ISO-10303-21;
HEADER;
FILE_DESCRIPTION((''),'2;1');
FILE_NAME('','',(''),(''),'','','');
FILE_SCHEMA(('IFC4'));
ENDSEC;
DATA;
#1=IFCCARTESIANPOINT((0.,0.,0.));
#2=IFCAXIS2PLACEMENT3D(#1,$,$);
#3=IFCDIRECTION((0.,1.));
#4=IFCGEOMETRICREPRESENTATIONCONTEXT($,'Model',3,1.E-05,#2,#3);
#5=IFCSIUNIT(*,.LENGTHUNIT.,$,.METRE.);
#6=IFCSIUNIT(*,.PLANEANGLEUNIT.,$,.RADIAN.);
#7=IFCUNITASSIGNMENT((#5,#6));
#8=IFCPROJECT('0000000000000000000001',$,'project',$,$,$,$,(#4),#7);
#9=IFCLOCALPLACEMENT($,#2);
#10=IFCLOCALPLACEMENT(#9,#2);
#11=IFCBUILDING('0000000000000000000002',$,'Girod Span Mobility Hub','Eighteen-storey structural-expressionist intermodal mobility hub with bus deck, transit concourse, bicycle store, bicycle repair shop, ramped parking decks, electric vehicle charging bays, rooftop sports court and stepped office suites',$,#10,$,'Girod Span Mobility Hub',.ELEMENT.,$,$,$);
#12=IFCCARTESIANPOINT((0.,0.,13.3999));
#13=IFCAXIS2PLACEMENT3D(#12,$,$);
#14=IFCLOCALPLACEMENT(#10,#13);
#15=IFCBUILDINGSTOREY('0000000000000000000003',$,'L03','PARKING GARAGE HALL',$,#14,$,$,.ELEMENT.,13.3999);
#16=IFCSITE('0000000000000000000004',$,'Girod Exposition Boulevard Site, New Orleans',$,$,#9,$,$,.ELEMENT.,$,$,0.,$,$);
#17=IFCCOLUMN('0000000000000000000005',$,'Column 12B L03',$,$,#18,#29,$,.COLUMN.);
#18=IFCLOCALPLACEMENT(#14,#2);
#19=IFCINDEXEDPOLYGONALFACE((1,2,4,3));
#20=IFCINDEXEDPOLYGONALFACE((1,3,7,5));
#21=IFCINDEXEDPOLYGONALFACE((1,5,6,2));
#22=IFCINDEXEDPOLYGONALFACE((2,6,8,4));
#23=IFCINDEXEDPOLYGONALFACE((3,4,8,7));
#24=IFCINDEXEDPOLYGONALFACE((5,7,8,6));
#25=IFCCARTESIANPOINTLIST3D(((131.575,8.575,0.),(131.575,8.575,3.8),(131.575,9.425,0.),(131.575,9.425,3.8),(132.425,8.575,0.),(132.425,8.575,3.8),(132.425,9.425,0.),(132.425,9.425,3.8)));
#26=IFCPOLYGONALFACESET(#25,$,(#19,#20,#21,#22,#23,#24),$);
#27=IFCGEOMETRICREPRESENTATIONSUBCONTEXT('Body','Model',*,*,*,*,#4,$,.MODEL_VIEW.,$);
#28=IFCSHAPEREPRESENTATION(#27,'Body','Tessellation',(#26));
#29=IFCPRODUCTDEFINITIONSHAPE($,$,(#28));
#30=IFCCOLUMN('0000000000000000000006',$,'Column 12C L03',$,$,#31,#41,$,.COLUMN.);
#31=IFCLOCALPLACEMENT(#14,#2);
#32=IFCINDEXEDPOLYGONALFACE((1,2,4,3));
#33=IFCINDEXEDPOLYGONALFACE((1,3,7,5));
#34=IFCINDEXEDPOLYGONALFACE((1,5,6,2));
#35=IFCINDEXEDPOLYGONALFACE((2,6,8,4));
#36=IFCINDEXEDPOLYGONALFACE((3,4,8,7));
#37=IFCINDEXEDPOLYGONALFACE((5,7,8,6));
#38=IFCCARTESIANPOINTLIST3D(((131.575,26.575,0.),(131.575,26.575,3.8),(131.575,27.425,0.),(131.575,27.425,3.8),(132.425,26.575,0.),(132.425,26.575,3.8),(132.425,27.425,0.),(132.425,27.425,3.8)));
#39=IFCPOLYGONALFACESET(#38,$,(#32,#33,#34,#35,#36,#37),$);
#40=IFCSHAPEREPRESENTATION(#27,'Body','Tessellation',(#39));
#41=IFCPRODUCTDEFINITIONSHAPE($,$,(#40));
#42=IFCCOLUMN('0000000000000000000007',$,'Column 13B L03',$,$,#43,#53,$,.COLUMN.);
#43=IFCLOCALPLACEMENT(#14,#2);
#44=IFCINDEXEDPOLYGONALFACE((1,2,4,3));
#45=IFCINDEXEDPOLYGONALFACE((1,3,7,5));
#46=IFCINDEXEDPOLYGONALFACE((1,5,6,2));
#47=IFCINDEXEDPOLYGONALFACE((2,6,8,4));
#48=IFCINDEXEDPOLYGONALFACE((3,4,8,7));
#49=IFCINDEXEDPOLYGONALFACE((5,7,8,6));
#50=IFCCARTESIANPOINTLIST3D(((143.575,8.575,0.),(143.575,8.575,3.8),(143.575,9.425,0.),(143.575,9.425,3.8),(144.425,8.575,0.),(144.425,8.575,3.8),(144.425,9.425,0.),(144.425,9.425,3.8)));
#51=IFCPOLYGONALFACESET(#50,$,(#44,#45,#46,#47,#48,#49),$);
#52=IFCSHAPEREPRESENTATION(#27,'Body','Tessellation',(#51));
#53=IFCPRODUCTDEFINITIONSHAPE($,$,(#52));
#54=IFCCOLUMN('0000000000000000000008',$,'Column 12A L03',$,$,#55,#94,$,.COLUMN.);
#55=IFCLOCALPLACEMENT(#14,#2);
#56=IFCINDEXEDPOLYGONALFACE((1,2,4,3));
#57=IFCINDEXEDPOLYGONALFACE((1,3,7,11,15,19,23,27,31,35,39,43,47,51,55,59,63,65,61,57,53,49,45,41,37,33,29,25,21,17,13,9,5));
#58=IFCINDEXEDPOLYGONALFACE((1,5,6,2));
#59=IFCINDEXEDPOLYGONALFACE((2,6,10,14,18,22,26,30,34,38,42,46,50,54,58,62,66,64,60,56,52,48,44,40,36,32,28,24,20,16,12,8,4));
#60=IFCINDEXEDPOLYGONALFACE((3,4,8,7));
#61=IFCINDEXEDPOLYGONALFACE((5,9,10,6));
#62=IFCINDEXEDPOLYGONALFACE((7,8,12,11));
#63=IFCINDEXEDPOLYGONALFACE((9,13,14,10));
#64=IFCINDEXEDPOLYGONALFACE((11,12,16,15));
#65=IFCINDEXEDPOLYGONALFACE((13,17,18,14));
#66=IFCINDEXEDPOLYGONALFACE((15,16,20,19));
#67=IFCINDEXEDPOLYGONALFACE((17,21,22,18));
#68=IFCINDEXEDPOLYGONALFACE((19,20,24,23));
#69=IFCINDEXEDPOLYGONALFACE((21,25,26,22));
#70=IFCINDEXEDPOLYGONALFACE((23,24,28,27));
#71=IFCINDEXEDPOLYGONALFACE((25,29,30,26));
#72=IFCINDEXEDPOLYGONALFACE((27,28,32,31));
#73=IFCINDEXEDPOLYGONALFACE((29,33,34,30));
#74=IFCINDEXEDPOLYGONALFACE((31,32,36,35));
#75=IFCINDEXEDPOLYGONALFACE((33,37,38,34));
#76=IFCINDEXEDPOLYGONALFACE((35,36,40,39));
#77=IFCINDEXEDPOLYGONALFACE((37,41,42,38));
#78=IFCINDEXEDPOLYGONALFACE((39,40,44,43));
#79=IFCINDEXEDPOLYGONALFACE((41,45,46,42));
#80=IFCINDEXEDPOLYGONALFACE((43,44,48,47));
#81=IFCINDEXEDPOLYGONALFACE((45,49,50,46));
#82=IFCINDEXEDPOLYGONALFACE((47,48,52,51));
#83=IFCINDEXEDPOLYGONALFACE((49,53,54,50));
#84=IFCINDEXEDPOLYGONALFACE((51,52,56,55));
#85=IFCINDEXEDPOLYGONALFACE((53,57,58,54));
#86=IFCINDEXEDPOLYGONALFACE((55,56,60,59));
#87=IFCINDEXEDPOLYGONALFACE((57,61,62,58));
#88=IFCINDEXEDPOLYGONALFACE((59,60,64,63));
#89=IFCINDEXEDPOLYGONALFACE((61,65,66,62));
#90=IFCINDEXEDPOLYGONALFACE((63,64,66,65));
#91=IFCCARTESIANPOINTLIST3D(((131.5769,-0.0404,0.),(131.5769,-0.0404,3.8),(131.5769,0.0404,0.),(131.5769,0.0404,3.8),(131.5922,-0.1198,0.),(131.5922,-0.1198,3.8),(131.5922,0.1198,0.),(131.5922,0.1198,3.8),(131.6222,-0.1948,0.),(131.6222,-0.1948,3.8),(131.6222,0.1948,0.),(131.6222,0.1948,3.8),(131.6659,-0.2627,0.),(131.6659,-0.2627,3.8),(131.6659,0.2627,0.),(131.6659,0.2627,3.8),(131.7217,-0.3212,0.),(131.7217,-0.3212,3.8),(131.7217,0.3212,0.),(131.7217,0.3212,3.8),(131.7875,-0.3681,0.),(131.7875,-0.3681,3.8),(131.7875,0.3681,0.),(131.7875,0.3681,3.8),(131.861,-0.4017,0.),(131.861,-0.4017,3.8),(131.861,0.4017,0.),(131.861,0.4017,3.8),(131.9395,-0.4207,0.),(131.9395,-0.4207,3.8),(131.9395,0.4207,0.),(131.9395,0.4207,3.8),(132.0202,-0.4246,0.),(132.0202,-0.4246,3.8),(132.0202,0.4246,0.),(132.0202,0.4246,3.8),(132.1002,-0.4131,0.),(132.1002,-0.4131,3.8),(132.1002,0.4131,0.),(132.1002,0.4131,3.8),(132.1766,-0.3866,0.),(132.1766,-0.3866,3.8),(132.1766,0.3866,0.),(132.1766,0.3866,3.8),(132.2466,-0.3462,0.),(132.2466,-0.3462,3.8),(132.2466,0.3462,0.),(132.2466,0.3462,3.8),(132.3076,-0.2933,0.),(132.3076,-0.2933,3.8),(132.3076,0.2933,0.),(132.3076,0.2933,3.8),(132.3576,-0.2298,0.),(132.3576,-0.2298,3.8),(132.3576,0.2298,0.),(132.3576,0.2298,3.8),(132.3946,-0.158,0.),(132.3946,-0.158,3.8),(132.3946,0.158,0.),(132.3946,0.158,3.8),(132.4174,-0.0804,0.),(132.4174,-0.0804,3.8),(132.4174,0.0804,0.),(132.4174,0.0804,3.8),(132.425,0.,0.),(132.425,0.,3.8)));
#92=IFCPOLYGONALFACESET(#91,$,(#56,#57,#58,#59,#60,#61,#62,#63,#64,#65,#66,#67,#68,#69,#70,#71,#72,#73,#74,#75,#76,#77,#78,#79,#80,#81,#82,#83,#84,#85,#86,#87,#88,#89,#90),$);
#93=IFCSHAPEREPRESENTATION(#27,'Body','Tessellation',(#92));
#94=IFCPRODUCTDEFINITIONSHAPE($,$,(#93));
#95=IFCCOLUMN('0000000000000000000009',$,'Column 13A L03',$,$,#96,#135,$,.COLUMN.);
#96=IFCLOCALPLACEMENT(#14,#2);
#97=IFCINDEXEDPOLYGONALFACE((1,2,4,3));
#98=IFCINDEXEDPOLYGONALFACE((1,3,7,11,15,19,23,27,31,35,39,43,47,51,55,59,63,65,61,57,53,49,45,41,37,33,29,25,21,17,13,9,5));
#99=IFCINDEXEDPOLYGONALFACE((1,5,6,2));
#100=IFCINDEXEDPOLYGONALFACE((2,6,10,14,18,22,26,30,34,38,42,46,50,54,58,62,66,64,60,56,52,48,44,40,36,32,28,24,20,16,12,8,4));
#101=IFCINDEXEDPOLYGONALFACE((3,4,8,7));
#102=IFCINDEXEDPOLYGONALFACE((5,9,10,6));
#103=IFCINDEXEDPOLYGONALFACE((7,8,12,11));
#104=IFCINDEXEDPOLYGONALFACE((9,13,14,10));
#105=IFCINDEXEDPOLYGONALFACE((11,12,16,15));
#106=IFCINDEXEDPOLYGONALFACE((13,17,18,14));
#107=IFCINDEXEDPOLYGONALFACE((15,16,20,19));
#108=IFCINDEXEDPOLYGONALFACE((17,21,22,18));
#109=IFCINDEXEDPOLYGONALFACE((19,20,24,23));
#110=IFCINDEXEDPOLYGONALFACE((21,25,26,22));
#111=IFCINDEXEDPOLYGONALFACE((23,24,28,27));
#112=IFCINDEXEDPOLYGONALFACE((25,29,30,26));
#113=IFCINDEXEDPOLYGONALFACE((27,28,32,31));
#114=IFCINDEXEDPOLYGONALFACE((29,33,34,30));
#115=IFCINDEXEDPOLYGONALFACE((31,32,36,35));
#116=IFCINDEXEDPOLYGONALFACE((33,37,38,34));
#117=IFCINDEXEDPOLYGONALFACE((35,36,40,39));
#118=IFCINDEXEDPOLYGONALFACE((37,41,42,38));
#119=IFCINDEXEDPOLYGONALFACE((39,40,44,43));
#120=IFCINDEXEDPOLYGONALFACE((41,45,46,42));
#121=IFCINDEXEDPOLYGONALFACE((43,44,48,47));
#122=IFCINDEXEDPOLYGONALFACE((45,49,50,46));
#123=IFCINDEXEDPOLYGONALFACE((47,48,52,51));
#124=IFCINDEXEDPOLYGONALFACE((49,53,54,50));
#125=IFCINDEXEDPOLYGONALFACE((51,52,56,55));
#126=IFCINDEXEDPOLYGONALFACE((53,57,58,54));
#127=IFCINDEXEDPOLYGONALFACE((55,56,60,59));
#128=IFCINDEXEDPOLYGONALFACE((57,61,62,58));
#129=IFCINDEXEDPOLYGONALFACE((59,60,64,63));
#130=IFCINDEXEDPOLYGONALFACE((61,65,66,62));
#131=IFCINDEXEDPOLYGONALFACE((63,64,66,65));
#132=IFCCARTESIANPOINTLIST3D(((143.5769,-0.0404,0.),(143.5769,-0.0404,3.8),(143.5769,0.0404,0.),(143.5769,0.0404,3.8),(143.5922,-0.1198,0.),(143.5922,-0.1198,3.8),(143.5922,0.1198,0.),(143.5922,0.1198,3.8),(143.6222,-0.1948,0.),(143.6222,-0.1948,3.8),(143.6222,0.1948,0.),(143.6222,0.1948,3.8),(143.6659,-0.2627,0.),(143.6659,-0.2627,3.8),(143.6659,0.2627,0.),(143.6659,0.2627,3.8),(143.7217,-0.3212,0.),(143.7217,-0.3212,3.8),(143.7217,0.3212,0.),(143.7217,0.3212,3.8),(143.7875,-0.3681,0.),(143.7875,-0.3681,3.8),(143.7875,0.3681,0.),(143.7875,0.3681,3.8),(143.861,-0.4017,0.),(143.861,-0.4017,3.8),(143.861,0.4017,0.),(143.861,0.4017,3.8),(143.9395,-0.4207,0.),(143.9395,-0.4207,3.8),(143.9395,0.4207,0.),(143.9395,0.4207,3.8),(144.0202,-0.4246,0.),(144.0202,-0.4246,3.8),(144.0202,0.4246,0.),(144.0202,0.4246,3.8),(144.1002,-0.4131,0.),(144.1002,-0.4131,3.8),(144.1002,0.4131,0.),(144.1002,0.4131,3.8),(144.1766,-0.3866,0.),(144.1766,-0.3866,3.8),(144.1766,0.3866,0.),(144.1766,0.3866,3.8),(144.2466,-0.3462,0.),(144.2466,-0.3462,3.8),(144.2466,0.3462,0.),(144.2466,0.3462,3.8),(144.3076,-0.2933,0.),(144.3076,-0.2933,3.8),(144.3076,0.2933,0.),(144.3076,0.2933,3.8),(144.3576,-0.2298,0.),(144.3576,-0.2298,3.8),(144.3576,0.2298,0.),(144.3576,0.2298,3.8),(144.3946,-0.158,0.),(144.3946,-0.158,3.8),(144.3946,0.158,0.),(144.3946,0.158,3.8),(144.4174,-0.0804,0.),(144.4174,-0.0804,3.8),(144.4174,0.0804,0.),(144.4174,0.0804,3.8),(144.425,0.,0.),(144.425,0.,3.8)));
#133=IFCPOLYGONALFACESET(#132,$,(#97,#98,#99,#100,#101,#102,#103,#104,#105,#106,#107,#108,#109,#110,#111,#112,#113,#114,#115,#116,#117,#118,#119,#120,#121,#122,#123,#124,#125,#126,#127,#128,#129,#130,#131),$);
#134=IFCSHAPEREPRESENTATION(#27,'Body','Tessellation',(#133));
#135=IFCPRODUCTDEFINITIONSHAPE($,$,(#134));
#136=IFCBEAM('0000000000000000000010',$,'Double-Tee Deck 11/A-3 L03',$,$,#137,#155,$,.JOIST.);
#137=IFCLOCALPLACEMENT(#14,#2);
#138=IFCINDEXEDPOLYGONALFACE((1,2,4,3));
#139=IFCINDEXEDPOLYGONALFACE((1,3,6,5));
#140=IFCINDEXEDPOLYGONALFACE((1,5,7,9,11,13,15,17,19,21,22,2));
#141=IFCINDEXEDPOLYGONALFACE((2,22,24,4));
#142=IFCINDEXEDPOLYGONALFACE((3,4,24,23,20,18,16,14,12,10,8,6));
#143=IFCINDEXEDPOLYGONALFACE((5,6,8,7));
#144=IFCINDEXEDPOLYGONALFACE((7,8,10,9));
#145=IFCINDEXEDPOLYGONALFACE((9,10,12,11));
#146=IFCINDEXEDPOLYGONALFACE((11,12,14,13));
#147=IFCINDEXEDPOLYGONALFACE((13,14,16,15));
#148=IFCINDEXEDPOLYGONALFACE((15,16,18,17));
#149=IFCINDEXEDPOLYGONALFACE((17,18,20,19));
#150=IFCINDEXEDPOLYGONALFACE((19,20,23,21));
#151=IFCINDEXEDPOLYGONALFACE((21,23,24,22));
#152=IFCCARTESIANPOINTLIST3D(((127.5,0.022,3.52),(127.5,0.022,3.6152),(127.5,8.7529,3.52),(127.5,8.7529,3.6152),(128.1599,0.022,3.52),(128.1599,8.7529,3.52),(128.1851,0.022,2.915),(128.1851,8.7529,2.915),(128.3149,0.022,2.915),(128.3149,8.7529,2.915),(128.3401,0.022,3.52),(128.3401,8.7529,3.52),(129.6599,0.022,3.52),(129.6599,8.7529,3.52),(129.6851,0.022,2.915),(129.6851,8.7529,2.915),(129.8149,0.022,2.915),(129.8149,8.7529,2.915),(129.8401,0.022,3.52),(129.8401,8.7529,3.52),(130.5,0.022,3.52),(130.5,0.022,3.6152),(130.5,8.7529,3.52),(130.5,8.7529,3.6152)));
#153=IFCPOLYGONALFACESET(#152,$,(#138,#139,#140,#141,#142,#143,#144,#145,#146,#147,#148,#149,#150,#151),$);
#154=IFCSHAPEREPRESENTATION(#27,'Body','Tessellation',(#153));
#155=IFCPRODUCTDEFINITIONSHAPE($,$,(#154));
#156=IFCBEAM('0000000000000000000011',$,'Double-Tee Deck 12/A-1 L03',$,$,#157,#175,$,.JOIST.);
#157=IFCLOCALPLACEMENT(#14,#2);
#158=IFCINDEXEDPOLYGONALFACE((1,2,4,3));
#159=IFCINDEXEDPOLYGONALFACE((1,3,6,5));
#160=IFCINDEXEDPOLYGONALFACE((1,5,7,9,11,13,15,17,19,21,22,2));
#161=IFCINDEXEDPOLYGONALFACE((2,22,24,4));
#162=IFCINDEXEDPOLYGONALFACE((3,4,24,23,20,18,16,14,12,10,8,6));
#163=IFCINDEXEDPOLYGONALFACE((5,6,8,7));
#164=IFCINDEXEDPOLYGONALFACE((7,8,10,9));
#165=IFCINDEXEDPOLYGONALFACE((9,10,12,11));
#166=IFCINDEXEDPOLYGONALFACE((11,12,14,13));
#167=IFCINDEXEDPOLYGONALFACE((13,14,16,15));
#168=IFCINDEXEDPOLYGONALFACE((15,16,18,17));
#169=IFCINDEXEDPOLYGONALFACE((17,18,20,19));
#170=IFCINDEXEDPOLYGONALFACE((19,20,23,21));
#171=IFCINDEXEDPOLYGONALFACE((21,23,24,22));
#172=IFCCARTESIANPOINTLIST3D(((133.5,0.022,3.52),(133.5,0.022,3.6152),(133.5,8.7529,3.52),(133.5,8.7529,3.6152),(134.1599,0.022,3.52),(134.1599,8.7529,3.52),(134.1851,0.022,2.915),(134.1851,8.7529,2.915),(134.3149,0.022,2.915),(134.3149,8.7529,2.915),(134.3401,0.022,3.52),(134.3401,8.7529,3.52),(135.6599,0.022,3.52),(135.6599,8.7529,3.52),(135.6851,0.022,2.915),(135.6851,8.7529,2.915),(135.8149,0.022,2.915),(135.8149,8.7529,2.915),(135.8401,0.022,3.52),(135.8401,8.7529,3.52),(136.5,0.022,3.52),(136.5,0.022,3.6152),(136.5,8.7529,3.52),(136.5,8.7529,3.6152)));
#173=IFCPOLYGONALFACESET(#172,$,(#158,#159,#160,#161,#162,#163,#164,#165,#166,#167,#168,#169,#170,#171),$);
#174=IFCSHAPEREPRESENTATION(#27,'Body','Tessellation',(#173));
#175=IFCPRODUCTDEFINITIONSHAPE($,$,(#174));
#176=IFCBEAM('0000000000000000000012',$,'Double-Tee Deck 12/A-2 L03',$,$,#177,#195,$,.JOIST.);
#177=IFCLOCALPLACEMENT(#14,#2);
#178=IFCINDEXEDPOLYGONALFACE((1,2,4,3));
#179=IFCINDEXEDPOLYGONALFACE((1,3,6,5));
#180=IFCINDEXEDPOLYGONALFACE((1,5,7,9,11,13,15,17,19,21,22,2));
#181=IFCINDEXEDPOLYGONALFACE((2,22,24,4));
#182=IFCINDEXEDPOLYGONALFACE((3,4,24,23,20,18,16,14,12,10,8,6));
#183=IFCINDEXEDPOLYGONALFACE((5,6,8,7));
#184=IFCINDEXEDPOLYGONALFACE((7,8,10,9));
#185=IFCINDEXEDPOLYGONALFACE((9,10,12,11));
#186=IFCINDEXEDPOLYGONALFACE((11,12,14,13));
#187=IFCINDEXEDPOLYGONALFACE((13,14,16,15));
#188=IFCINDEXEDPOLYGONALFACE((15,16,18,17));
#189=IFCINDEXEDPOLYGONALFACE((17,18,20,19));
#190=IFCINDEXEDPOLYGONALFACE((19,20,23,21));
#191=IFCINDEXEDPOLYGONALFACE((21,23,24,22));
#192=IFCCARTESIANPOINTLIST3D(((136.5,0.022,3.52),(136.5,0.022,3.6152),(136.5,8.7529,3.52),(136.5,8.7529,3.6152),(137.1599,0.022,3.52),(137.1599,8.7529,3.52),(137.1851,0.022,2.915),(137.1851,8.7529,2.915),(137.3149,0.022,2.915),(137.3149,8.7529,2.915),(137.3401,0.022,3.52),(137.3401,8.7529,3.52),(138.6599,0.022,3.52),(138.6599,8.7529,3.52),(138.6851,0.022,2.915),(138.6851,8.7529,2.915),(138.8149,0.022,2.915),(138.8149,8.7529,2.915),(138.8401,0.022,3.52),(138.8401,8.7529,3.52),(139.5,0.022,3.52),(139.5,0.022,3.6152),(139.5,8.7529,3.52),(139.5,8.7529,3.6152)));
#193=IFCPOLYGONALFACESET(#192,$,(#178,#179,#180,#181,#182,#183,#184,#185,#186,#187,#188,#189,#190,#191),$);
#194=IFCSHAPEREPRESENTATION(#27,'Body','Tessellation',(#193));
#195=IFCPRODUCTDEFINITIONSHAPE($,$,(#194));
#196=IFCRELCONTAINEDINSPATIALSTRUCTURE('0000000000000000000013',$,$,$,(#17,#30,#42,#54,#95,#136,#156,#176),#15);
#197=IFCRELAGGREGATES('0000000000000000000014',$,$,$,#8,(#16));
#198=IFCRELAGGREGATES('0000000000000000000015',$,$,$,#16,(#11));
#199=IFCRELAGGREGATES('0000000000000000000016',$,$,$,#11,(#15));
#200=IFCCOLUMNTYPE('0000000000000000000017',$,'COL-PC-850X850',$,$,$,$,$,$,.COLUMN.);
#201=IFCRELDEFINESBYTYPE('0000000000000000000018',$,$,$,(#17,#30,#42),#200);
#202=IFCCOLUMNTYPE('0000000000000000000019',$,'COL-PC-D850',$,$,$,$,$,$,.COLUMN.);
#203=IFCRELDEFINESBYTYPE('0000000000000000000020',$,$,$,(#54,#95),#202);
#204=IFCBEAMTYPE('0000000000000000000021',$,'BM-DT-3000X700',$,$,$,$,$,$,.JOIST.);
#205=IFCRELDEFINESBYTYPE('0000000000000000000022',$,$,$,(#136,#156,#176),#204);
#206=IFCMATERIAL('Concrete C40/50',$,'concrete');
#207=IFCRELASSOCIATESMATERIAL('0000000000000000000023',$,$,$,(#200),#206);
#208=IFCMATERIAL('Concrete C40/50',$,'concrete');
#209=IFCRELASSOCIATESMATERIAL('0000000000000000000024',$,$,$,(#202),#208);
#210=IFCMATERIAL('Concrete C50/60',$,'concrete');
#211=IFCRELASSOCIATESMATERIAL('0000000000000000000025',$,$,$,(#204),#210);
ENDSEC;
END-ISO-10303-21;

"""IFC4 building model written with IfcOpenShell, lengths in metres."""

from ifc_helpers import new_model, si_unit, direction, frame, origin, origin_2d, place, context, subcontext, project, spatial, polyline, rectangle, circle, outline, extrude, material, material_profile, profile_set, type_object, element, save


model = new_model("IFC4")

# Units and contexts
model_context = context("Model", 3, precision=1e-05, world=origin(), true_north=direction((0.0, 1.0)))
body_context = subcontext(model_context, "Body", "Model", "MODEL_VIEW")
ifc_project = project(units=[si_unit("LENGTHUNIT", "METRE"), si_unit("PLANEANGLEUNIT", "RADIAN")], contexts=[model_context])

# Site, building, storey
site_placement = place(None, origin())
site = spatial("IfcSite", under=ifc_project, at=site_placement, Name="Girod Exposition Boulevard Site, New Orleans", CompositionType="ELEMENT", RefElevation=0.0)
building_placement = place(site_placement, origin())
building = spatial("IfcBuilding", under=site, at=building_placement, Name="Girod Span Mobility Hub", Description="Eighteen-storey structural-expressionist intermodal mobility hub with bus deck, transit concourse, bicycle store, bicycle repair shop, ramped parking decks, electric vehicle charging bays, rooftop sports court and stepped office suites", LongName="Girod Span Mobility Hub", CompositionType="ELEMENT")
storey_placement = place(building_placement, frame((0.0, 0.0, 13.3999)))
storey = spatial("IfcBuildingStorey", under=building, at=storey_placement, Name="L03", Description="PARKING GARAGE HALL", CompositionType="ELEMENT", Elevation=13.3999)

# Columns
ifc_material_1 = material(Name="Concrete C40/50", Category="concrete")
ifc_material_profile_1 = material_profile(ifc_material_1, rectangle(XDim=0.8501, YDim=0.8501, at=origin_2d()), Name="PC-COL-850X850")
ifc_profile_set_1 = profile_set([ifc_material_profile_1], Name="Concrete C40/50")
column_type_1 = type_object("IfcColumnType", Name="COL-PC-850X850", PredefinedType="COLUMN", material=ifc_profile_set_1)
for number, where, z_axis, x_axis, name in (
    (1, (132.0, 9.0, 0.0), (0.0, 0.0, 1.0), (1.0, 0.0, 0.0), "Column 12B L03"),
    (2, (132.0, 27.0, 0.0), (0.0, 0.0, 1.0), (1.0, 0.0, 0.0), "Column 12C L03"),
    (3, (144.0, 9.0, 0.0), (0.0, 0.0, 1.0), (1.0, 0.0, 0.0), "Column 13B L03"),
):
    element("IfcColumn", number, at=place(storey_placement, frame(where, z_axis=z_axis, x_axis=x_axis)), inside=storey, type_object=column_type_1, Name=name, PredefinedType="COLUMN", context=body_context, shape_type="SweptSolid", body=[
        extrude(rectangle(XDim=0.8501, YDim=0.8501, at=origin_2d()), origin(), (0.0, 0.0, 1.0), 3.8),
    ])
ifc_material_2 = material(Name="Concrete C40/50", Category="concrete")
ifc_material_profile_2 = material_profile(ifc_material_2, circle(Radius=0.425, at=origin_2d()), Name="PC-CIR-D850")
ifc_profile_set_2 = profile_set([ifc_material_profile_2], Name="Concrete C40/50")
column_type_2 = type_object("IfcColumnType", Name="COL-PC-D850", PredefinedType="COLUMN", material=ifc_profile_set_2)
for number, where, z_axis, x_axis, name in (
    (4, (132.0, 0.0, 0.0), (0.0, 0.0, 1.0), (1.0, 0.0, 0.0), "Column 12A L03"),
    (5, (144.0, 0.0, 0.0), (0.0, 0.0, 1.0), (1.0, 0.0, 0.0), "Column 13A L03"),
):
    element("IfcColumn", number, at=place(storey_placement, frame(where, z_axis=z_axis, x_axis=x_axis)), inside=storey, type_object=column_type_2, Name=name, PredefinedType="COLUMN", context=body_context, shape_type="SweptSolid", body=[
        extrude(circle(Radius=0.425, at=origin_2d()), origin(), (0.0, 0.0, 1.0), 3.8),
    ])

# Beams
ifc_material_3 = material(Name="Concrete C50/60", Category="concrete")
ifc_material_profile_3 = material_profile(ifc_material_3, outline(polyline([(-1.5, 0.3501), (-1.5, 0.2549), (-0.8401, 0.2549), (-0.8149, -0.3501), (-0.6851, -0.3501), (-0.6599, 0.2549), (0.6599, 0.2549), (0.6851, -0.3501), (0.8149, -0.3501), (0.8401, 0.2549), (1.5, 0.2549), (1.5, 0.3501), (-1.5, 0.3501)])), Name="DT-3000X700")
ifc_profile_set_3 = profile_set([ifc_material_profile_3], Name="Concrete C50/60")
beam_type_1 = type_object("IfcBeamType", Name="BM-DT-3000X700", PredefinedType="JOIST", material=ifc_profile_set_3)
for number, where, z_axis, x_axis, name in (
    (6, (129.0, 0.022, 3.2651), (0.0, 1.0, 0.0), (-1.0, 0.0, 0.0), "Double-Tee Deck 11/A-3 L03"),
    (7, (135.0, 0.022, 3.2651), (0.0, 1.0, 0.0), (-1.0, 0.0, 0.0), "Double-Tee Deck 12/A-1 L03"),
    (8, (138.0, 0.022, 3.2651), (0.0, 1.0, 0.0), (-1.0, 0.0, 0.0), "Double-Tee Deck 12/A-2 L03"),
):
    element("IfcBeam", number, at=place(storey_placement, frame(where, z_axis=z_axis, x_axis=x_axis)), inside=storey, type_object=beam_type_1, Name=name, PredefinedType="JOIST", context=body_context, shape_type="SweptSolid", body=[
        extrude(outline(polyline([(-1.5, 0.3501), (-1.5, 0.2549), (-0.8401, 0.2549), (-0.8149, -0.3501), (-0.6851, -0.3501), (-0.6599, 0.2549), (0.6599, 0.2549), (0.6851, -0.3501), (0.8149, -0.3501), (0.8401, 0.2549), (1.5, 0.2549), (1.5, 0.3501), (-1.5, 0.3501)])), origin(), (0.0, 0.0, 1.0), 8.731),
    ])

save(model, "model.ifc")
